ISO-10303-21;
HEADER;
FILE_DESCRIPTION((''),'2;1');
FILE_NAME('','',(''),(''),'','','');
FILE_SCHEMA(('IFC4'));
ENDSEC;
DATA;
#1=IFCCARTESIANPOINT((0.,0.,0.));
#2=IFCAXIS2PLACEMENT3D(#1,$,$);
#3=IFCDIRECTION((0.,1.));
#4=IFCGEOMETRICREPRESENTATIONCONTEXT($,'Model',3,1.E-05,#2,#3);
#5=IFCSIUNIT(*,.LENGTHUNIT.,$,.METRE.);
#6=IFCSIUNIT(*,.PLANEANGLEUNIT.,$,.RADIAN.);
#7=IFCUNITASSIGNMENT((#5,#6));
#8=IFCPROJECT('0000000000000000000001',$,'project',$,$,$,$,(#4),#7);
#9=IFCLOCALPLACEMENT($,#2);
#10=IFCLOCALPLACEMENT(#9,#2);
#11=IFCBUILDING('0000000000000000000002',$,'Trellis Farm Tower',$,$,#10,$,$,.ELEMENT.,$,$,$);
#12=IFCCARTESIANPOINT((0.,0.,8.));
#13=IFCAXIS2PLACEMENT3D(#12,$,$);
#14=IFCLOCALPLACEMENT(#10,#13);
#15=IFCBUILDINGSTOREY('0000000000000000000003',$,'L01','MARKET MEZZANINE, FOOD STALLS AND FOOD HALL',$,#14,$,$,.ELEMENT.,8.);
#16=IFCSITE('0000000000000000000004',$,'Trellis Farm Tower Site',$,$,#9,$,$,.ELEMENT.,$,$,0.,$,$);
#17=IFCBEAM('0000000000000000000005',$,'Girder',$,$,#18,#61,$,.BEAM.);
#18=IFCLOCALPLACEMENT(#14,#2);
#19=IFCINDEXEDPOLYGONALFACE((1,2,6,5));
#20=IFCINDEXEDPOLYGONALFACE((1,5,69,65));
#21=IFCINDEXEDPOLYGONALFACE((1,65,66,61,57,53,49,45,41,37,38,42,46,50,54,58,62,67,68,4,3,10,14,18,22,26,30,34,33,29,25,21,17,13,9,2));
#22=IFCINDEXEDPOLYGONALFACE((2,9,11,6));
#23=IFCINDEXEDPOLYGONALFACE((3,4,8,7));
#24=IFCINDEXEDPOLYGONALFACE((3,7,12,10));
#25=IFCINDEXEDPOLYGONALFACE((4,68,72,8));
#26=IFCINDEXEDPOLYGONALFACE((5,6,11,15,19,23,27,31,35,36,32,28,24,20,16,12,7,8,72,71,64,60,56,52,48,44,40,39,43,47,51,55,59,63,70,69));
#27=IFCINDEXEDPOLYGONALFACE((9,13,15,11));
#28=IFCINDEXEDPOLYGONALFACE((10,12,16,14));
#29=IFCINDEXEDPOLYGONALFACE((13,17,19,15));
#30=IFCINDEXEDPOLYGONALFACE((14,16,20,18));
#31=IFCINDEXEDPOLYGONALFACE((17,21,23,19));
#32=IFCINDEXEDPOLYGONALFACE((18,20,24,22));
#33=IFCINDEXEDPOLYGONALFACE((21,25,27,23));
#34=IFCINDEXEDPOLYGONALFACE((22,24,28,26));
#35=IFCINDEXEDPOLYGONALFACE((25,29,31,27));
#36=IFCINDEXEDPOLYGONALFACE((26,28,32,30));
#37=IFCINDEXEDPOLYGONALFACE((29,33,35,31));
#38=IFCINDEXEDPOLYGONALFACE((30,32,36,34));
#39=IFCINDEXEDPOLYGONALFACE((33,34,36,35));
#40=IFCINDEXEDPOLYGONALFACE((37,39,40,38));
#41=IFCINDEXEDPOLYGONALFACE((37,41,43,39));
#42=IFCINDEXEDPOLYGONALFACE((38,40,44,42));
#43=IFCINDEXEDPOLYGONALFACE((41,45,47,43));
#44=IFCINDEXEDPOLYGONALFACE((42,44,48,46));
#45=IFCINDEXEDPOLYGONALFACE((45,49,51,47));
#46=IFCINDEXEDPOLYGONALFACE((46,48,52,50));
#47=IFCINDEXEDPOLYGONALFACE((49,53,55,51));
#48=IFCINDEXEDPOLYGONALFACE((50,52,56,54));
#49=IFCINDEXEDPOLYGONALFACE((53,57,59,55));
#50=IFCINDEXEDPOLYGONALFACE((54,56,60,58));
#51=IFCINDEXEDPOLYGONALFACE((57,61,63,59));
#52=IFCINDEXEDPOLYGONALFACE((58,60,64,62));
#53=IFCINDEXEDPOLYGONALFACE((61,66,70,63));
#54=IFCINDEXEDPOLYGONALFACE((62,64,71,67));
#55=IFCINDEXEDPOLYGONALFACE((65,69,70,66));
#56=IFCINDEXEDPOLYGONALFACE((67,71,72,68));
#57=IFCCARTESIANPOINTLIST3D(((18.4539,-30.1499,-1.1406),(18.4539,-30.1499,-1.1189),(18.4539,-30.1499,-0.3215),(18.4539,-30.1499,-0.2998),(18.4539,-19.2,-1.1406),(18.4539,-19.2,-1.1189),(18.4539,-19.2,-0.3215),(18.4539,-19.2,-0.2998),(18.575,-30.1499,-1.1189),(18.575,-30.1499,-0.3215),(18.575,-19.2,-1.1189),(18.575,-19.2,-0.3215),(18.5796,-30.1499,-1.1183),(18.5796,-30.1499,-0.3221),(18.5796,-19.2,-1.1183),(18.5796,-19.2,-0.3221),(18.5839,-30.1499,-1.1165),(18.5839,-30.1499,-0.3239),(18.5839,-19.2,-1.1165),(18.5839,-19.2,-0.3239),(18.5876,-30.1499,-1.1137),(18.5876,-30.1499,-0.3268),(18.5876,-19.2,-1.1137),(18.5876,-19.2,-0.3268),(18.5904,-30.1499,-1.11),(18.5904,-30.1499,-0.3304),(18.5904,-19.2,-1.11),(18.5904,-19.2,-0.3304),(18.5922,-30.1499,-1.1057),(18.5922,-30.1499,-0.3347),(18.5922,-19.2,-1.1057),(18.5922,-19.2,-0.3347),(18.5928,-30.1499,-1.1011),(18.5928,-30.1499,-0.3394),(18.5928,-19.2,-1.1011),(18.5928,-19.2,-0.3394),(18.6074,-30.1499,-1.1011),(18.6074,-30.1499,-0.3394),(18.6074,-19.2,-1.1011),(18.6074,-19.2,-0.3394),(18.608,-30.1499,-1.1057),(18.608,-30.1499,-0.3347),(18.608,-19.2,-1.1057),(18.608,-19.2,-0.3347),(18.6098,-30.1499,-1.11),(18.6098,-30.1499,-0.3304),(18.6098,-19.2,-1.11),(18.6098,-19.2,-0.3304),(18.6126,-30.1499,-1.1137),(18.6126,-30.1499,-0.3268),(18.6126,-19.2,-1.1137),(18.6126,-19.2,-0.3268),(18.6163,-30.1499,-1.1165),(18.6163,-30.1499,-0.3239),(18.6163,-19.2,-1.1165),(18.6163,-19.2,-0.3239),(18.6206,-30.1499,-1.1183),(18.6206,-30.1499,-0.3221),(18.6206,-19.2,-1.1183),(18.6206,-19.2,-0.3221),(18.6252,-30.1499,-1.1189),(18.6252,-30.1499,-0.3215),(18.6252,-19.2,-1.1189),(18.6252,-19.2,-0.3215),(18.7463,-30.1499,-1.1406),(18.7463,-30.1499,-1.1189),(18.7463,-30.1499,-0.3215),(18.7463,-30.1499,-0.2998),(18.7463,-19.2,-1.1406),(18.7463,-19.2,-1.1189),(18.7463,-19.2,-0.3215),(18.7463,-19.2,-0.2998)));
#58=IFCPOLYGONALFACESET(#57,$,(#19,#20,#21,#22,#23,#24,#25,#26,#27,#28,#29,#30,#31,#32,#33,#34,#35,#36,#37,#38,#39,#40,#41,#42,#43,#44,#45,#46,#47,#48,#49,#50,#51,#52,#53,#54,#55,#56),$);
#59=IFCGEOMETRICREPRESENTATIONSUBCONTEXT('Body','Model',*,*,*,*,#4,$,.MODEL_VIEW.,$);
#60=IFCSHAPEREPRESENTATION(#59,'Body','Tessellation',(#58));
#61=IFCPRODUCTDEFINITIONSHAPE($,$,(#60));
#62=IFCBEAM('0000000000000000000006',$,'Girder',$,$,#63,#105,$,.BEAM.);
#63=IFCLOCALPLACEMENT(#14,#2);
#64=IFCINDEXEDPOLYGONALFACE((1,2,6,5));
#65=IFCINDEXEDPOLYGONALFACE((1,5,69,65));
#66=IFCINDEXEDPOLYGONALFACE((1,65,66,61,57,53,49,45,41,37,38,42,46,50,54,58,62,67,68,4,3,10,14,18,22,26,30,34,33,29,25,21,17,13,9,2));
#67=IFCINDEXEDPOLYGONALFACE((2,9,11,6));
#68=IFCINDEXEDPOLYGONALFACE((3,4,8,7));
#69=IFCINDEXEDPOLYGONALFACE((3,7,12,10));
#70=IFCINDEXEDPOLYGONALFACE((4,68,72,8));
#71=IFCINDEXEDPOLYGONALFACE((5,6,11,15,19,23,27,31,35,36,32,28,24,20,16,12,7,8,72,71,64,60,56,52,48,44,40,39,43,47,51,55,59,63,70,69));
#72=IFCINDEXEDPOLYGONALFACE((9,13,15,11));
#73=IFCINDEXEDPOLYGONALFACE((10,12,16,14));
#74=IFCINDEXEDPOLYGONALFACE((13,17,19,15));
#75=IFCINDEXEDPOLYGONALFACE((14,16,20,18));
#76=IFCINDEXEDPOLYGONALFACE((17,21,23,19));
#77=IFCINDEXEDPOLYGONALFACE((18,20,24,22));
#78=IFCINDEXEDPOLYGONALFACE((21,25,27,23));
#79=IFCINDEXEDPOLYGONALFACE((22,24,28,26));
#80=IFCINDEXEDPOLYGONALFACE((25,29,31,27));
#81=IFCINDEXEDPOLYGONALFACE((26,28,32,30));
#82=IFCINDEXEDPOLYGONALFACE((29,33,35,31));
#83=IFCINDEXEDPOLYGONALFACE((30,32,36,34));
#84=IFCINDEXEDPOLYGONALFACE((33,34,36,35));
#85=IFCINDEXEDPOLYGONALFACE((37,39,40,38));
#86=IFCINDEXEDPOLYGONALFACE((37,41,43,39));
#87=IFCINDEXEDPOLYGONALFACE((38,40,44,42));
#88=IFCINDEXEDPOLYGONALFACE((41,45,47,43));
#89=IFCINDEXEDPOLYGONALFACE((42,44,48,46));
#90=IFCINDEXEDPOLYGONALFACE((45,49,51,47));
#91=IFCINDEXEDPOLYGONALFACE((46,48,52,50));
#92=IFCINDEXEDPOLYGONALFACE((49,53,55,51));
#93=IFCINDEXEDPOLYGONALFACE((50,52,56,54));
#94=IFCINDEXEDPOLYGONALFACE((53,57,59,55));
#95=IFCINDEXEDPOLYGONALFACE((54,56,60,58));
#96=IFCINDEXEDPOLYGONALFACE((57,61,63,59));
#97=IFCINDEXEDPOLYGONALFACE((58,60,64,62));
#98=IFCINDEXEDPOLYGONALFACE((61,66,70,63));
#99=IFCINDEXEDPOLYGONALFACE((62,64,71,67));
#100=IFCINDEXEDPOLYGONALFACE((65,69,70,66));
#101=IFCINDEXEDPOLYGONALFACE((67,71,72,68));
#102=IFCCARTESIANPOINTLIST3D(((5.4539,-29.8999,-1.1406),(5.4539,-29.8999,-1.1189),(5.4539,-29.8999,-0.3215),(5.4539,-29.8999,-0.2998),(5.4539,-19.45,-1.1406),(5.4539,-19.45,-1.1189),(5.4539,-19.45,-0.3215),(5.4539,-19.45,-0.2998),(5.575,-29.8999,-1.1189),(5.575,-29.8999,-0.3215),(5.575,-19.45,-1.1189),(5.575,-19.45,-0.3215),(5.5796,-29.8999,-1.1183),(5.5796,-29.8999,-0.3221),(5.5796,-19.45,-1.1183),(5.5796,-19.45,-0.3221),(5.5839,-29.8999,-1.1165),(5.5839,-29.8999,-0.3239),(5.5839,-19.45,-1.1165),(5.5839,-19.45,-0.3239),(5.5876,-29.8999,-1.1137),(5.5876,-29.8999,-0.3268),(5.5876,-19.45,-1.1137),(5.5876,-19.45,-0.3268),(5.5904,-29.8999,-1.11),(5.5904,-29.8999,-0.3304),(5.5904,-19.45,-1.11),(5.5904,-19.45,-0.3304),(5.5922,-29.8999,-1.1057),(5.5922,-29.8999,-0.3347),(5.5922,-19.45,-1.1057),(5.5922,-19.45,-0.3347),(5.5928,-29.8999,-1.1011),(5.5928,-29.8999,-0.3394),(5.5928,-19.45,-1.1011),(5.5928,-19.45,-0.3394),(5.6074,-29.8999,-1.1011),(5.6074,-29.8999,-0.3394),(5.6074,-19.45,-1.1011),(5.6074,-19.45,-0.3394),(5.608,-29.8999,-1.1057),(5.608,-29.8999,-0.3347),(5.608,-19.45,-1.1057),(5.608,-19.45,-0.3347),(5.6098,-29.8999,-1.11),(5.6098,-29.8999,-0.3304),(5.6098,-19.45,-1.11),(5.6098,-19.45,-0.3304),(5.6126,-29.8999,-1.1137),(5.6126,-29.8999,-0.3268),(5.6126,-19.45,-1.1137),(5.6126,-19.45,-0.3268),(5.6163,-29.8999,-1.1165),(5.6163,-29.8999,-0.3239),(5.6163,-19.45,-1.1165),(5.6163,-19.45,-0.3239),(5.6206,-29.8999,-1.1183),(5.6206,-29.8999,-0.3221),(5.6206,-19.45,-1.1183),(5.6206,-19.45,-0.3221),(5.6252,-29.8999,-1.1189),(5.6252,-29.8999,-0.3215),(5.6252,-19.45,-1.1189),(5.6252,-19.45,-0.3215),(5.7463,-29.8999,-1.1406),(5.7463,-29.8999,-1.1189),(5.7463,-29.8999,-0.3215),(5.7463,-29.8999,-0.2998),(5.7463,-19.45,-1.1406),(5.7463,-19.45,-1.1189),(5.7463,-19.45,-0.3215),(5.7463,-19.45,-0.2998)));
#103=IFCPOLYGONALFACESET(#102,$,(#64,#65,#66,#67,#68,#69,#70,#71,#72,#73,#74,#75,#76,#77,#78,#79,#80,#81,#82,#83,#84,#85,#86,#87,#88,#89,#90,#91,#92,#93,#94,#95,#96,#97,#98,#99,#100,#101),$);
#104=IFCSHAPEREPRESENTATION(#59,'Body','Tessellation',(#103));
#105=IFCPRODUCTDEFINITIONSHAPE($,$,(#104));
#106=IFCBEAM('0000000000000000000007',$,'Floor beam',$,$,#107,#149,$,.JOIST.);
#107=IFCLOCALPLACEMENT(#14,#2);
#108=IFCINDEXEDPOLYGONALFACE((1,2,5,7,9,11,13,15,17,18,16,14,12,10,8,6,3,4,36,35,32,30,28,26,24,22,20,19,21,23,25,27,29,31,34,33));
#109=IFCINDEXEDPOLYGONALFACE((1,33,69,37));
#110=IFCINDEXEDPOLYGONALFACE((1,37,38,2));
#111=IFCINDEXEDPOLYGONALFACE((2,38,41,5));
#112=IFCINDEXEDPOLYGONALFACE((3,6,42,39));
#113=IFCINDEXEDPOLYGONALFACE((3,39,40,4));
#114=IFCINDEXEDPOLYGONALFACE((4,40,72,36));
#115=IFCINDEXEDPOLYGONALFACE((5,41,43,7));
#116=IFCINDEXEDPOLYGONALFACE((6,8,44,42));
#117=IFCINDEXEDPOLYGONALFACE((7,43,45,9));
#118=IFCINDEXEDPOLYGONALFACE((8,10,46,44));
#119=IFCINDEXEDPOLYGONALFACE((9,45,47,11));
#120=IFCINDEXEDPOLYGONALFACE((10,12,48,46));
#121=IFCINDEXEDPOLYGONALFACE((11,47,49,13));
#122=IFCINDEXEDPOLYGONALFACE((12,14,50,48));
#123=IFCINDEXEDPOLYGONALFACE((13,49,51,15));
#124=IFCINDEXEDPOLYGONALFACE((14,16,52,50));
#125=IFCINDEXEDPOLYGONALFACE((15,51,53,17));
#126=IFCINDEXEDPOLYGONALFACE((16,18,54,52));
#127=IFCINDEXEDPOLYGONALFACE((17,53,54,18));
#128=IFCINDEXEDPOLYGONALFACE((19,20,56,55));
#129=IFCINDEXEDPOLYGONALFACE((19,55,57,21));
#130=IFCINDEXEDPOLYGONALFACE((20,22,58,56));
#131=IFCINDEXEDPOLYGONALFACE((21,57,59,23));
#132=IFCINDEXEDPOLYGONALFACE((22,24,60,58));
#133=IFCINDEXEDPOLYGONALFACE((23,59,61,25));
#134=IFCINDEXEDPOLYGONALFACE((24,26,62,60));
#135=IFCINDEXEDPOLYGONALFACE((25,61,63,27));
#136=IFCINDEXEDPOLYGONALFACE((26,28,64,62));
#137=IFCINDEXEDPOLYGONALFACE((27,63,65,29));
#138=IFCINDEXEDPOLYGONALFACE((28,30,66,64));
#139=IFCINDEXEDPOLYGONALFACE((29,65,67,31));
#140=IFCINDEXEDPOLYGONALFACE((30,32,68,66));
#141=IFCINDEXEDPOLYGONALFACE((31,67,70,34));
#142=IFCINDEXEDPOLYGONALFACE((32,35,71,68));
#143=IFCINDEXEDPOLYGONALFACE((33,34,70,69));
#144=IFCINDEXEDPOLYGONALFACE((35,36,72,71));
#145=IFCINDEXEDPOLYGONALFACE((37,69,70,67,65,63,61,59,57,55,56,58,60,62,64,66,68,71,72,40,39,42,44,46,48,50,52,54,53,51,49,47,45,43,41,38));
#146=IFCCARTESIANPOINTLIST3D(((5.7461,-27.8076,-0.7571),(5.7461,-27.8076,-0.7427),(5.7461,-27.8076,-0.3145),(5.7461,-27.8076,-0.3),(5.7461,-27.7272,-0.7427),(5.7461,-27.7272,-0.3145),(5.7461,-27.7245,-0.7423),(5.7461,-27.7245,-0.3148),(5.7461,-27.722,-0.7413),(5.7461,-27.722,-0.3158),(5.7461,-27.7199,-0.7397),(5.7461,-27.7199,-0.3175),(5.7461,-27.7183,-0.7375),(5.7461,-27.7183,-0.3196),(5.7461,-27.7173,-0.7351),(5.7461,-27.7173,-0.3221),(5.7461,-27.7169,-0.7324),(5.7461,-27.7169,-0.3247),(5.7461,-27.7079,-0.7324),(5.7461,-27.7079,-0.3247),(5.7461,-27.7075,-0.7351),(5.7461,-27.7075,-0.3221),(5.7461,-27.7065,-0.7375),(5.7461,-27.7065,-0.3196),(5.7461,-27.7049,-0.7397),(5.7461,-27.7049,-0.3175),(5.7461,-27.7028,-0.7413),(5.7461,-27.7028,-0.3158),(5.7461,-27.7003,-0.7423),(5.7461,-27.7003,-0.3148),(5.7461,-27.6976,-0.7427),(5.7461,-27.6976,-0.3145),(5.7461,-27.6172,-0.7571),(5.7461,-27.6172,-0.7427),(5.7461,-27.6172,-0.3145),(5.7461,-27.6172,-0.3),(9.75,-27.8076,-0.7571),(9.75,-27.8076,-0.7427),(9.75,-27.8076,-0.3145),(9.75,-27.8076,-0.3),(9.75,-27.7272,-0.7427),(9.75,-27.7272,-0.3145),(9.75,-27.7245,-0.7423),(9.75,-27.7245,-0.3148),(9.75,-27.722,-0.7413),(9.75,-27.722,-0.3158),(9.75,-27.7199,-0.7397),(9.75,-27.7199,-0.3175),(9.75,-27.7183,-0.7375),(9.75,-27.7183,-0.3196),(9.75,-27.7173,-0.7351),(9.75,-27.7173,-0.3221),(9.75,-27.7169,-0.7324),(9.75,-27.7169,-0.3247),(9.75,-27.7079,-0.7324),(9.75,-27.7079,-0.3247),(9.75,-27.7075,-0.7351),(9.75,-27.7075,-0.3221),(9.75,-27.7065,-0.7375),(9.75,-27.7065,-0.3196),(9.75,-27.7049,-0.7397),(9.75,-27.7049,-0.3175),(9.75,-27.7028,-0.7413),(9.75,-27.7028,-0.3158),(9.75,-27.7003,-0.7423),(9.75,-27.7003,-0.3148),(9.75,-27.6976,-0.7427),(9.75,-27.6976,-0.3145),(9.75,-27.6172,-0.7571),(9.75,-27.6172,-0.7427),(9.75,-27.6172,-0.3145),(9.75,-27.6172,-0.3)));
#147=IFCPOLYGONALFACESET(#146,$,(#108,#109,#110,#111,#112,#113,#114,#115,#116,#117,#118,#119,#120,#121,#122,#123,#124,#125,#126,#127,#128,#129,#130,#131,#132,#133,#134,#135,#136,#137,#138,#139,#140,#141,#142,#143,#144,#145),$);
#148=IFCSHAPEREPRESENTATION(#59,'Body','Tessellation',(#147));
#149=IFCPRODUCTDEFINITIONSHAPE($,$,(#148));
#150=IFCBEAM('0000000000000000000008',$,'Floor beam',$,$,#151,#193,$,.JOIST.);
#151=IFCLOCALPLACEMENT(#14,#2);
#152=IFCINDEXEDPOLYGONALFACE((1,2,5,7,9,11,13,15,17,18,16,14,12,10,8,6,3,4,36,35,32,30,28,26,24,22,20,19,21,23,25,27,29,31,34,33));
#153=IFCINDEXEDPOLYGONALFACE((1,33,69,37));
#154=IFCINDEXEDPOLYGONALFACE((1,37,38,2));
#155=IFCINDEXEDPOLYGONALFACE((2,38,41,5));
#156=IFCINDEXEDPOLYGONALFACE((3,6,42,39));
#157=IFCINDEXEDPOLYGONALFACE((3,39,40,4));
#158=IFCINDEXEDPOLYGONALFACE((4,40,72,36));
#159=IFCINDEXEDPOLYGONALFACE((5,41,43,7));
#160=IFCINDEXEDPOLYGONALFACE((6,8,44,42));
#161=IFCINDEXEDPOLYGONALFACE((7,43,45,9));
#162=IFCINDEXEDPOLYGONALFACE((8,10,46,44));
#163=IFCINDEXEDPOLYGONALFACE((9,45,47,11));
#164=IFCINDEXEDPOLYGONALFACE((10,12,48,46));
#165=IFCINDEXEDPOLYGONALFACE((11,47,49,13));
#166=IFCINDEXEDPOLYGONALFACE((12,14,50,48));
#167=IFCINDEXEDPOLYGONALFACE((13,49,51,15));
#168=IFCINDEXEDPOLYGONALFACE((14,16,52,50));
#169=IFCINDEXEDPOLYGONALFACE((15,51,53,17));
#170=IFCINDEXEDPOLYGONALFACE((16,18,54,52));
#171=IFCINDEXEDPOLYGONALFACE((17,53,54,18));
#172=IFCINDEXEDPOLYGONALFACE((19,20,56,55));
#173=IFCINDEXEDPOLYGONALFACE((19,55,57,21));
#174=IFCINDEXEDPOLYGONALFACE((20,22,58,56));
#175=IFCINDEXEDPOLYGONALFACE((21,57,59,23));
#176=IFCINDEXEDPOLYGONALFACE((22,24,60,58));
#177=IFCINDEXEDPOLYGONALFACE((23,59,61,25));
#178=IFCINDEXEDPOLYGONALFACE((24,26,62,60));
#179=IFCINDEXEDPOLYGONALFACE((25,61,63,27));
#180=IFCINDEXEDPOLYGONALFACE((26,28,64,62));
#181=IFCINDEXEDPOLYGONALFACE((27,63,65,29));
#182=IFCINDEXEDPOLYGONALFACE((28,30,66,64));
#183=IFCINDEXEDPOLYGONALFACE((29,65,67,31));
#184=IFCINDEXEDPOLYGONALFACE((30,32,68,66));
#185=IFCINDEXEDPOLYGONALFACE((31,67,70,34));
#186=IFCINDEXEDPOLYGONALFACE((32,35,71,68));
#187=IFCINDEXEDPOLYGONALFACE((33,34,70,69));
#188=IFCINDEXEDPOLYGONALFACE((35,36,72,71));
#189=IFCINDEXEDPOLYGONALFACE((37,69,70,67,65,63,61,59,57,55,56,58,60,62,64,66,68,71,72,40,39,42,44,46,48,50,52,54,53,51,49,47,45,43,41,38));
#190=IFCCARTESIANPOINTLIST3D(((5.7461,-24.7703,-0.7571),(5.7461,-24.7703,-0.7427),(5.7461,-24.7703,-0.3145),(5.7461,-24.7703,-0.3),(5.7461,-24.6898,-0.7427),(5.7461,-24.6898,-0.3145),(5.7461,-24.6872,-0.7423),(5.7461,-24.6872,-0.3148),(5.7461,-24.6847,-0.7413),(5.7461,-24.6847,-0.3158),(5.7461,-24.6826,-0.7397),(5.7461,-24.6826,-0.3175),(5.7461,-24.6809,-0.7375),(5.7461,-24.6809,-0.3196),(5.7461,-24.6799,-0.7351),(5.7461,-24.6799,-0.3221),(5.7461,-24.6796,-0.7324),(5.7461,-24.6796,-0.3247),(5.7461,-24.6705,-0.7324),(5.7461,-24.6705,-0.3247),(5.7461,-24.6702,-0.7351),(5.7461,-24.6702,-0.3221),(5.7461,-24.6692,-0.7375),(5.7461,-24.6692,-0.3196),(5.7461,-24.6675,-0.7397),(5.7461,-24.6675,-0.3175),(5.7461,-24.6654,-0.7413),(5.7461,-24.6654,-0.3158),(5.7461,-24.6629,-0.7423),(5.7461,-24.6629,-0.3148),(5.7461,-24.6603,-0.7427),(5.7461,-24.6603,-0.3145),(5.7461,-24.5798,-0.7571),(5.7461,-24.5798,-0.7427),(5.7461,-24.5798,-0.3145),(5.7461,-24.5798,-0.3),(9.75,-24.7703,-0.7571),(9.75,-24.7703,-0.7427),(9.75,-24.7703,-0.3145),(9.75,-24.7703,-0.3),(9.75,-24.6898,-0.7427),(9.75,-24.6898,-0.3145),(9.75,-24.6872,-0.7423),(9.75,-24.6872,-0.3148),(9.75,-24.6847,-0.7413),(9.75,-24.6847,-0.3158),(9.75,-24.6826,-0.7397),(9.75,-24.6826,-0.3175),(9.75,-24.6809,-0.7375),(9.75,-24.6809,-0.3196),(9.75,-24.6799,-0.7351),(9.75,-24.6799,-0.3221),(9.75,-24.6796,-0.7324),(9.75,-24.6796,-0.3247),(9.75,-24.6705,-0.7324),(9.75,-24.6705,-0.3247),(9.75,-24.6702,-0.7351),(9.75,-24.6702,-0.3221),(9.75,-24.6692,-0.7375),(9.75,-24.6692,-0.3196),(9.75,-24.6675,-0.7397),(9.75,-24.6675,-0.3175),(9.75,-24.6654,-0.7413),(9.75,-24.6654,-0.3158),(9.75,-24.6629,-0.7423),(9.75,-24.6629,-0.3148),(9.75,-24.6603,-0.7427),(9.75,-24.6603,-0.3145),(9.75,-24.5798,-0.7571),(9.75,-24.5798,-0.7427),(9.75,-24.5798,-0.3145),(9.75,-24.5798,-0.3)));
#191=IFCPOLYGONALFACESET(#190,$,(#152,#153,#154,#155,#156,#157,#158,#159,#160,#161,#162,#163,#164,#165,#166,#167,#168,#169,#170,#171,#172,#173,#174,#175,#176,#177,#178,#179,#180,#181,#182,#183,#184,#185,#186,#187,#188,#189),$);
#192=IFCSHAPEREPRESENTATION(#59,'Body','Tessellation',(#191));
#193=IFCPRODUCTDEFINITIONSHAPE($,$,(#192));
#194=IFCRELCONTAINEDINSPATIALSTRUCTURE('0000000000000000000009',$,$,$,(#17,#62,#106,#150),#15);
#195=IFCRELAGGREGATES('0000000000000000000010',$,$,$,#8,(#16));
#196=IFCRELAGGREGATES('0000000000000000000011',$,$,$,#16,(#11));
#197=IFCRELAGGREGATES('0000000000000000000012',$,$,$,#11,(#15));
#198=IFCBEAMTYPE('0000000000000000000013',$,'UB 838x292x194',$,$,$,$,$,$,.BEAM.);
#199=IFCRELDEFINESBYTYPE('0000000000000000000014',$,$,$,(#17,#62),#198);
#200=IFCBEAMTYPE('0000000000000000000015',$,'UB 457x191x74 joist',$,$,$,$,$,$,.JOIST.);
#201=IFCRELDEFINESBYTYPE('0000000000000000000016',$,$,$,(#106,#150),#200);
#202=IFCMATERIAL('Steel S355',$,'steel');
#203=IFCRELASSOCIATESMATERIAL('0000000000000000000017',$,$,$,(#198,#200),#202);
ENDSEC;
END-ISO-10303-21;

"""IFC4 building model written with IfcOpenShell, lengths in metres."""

from ifc_helpers import new_model, si_unit, direction, frame, origin, origin_2d, place, context, subcontext, project, spatial, i_section, extrude, source, transform, mapped, material, material_profile, profile_set, type_object, element, save


model = new_model("IFC4")

# Units and contexts
model_context = context("Model", 3, precision=1e-05, world=origin(), true_north=direction((0.0, 1.0)))
body_context = subcontext(model_context, "Body", "Model", "MODEL_VIEW")
ifc_project = project(units=[si_unit("LENGTHUNIT", "METRE"), si_unit("PLANEANGLEUNIT", "RADIAN")], contexts=[model_context])

# Site, building, storey
site_placement = place(None, origin())
site = spatial("IfcSite", under=ifc_project, at=site_placement, Name="Trellis Farm Tower Site", CompositionType="ELEMENT", RefElevation=0.0)
building_placement = place(site_placement, origin())
building = spatial("IfcBuilding", under=site, at=building_placement, Name="Trellis Farm Tower", CompositionType="ELEMENT")
storey_placement = place(building_placement, frame((0.0, 0.0, 8.0)))
storey = spatial("IfcBuildingStorey", under=building, at=storey_placement, Name="L01", Description="MARKET MEZZANINE, FOOD STALLS AND FOOD HALL", CompositionType="ELEMENT", Elevation=8.0)

# Beams
ifc_material_1 = material(Name="Steel S355", Category="steel")
ifc_material_profile_1 = material_profile(ifc_material_1, i_section(OverallWidth=0.2925, OverallDepth=0.8408, WebThickness=0.0146, FlangeThickness=0.0217, FilletRadius=0.0178, at=origin_2d()), Name="UB 838x292x194")
ifc_profile_set_1 = profile_set([ifc_material_profile_1], Name="Steel S355")
beam_type_1 = type_object("IfcBeamType", Name="UB 838x292x194", PredefinedType="BEAM", material=ifc_profile_set_1)
shared_shape_1 = source(origin(), body_context, "Body", "SweptSolid", [
    extrude(i_section(OverallWidth=0.2925, OverallDepth=0.8408, WebThickness=0.0146, FlangeThickness=0.0217, FilletRadius=0.0178, at=origin_2d()), origin(), (0.0, 0.0, 1.0), 10.95),
])
beam_1_placement = place(storey_placement, frame((18.6001, -30.1499, -0.7202), z_axis=(0.0, 1.0, 0.0), x_axis=(-1.0, 0.0, 0.0)))
element("IfcBeam", 1, at=beam_1_placement, inside=storey, type_object=beam_type_1, Name="Girder", PredefinedType="BEAM", context=body_context, shape_type="MappedRepresentation", body=[
    mapped(shared_shape_1, transform((0.0, 0.0, 0.0))),
])
shared_shape_2 = source(origin(), body_context, "Body", "SweptSolid", [
    extrude(i_section(OverallWidth=0.2925, OverallDepth=0.8408, WebThickness=0.0146, FlangeThickness=0.0217, FilletRadius=0.0178, at=origin_2d()), origin(), (0.0, 0.0, 1.0), 10.45),
])
beam_2_placement = place(storey_placement, frame((5.6001, -29.8999, -0.7202), z_axis=(0.0, 1.0, 0.0), x_axis=(-1.0, 0.0, 0.0)))
element("IfcBeam", 2, at=beam_2_placement, inside=storey, type_object=beam_type_1, Name="Girder", PredefinedType="BEAM", context=body_context, shape_type="MappedRepresentation", body=[
    mapped(shared_shape_2, transform((0.0, 0.0, 0.0))),
])
ifc_material_profile_2 = material_profile(ifc_material_1, i_section(OverallWidth=0.1904, OverallDepth=0.457, WebThickness=0.009, FlangeThickness=0.0144, FilletRadius=0.0103, at=origin_2d()), Name="UB 457x191x74")
ifc_profile_set_2 = profile_set([ifc_material_profile_2], Name="Steel S355")
beam_type_2 = type_object("IfcBeamType", Name="UB 457x191x74 joist", PredefinedType="JOIST", material=ifc_profile_set_2)
shared_shape_3 = source(origin(), body_context, "Body", "SweptSolid", [
    extrude(i_section(OverallWidth=0.1904, OverallDepth=0.457, WebThickness=0.009, FlangeThickness=0.0144, FilletRadius=0.0103, at=origin_2d()), origin(), (0.0, 0.0, 1.0), 4.0039),
])
for number, where, z_axis, x_axis, name in (
    (3, (5.7461, -27.7124, -0.5286), (1.0, 0.0, 0.0), (0.0, 1.0, 0.0), "Floor beam"),
    (4, (5.7461, -24.675, -0.5286), (1.0, 0.0, 0.0), (0.0, 1.0, 0.0), "Floor beam"),
):
    element("IfcBeam", number, at=place(storey_placement, frame(where, z_axis=z_axis, x_axis=x_axis)), inside=storey, type_object=beam_type_2, Name=name, PredefinedType="JOIST", context=body_context, shape_type="MappedRepresentation", body=[
        mapped(shared_shape_3, transform((0.0, 0.0, 0.0))),
    ])

save(model, "model.ifc")
